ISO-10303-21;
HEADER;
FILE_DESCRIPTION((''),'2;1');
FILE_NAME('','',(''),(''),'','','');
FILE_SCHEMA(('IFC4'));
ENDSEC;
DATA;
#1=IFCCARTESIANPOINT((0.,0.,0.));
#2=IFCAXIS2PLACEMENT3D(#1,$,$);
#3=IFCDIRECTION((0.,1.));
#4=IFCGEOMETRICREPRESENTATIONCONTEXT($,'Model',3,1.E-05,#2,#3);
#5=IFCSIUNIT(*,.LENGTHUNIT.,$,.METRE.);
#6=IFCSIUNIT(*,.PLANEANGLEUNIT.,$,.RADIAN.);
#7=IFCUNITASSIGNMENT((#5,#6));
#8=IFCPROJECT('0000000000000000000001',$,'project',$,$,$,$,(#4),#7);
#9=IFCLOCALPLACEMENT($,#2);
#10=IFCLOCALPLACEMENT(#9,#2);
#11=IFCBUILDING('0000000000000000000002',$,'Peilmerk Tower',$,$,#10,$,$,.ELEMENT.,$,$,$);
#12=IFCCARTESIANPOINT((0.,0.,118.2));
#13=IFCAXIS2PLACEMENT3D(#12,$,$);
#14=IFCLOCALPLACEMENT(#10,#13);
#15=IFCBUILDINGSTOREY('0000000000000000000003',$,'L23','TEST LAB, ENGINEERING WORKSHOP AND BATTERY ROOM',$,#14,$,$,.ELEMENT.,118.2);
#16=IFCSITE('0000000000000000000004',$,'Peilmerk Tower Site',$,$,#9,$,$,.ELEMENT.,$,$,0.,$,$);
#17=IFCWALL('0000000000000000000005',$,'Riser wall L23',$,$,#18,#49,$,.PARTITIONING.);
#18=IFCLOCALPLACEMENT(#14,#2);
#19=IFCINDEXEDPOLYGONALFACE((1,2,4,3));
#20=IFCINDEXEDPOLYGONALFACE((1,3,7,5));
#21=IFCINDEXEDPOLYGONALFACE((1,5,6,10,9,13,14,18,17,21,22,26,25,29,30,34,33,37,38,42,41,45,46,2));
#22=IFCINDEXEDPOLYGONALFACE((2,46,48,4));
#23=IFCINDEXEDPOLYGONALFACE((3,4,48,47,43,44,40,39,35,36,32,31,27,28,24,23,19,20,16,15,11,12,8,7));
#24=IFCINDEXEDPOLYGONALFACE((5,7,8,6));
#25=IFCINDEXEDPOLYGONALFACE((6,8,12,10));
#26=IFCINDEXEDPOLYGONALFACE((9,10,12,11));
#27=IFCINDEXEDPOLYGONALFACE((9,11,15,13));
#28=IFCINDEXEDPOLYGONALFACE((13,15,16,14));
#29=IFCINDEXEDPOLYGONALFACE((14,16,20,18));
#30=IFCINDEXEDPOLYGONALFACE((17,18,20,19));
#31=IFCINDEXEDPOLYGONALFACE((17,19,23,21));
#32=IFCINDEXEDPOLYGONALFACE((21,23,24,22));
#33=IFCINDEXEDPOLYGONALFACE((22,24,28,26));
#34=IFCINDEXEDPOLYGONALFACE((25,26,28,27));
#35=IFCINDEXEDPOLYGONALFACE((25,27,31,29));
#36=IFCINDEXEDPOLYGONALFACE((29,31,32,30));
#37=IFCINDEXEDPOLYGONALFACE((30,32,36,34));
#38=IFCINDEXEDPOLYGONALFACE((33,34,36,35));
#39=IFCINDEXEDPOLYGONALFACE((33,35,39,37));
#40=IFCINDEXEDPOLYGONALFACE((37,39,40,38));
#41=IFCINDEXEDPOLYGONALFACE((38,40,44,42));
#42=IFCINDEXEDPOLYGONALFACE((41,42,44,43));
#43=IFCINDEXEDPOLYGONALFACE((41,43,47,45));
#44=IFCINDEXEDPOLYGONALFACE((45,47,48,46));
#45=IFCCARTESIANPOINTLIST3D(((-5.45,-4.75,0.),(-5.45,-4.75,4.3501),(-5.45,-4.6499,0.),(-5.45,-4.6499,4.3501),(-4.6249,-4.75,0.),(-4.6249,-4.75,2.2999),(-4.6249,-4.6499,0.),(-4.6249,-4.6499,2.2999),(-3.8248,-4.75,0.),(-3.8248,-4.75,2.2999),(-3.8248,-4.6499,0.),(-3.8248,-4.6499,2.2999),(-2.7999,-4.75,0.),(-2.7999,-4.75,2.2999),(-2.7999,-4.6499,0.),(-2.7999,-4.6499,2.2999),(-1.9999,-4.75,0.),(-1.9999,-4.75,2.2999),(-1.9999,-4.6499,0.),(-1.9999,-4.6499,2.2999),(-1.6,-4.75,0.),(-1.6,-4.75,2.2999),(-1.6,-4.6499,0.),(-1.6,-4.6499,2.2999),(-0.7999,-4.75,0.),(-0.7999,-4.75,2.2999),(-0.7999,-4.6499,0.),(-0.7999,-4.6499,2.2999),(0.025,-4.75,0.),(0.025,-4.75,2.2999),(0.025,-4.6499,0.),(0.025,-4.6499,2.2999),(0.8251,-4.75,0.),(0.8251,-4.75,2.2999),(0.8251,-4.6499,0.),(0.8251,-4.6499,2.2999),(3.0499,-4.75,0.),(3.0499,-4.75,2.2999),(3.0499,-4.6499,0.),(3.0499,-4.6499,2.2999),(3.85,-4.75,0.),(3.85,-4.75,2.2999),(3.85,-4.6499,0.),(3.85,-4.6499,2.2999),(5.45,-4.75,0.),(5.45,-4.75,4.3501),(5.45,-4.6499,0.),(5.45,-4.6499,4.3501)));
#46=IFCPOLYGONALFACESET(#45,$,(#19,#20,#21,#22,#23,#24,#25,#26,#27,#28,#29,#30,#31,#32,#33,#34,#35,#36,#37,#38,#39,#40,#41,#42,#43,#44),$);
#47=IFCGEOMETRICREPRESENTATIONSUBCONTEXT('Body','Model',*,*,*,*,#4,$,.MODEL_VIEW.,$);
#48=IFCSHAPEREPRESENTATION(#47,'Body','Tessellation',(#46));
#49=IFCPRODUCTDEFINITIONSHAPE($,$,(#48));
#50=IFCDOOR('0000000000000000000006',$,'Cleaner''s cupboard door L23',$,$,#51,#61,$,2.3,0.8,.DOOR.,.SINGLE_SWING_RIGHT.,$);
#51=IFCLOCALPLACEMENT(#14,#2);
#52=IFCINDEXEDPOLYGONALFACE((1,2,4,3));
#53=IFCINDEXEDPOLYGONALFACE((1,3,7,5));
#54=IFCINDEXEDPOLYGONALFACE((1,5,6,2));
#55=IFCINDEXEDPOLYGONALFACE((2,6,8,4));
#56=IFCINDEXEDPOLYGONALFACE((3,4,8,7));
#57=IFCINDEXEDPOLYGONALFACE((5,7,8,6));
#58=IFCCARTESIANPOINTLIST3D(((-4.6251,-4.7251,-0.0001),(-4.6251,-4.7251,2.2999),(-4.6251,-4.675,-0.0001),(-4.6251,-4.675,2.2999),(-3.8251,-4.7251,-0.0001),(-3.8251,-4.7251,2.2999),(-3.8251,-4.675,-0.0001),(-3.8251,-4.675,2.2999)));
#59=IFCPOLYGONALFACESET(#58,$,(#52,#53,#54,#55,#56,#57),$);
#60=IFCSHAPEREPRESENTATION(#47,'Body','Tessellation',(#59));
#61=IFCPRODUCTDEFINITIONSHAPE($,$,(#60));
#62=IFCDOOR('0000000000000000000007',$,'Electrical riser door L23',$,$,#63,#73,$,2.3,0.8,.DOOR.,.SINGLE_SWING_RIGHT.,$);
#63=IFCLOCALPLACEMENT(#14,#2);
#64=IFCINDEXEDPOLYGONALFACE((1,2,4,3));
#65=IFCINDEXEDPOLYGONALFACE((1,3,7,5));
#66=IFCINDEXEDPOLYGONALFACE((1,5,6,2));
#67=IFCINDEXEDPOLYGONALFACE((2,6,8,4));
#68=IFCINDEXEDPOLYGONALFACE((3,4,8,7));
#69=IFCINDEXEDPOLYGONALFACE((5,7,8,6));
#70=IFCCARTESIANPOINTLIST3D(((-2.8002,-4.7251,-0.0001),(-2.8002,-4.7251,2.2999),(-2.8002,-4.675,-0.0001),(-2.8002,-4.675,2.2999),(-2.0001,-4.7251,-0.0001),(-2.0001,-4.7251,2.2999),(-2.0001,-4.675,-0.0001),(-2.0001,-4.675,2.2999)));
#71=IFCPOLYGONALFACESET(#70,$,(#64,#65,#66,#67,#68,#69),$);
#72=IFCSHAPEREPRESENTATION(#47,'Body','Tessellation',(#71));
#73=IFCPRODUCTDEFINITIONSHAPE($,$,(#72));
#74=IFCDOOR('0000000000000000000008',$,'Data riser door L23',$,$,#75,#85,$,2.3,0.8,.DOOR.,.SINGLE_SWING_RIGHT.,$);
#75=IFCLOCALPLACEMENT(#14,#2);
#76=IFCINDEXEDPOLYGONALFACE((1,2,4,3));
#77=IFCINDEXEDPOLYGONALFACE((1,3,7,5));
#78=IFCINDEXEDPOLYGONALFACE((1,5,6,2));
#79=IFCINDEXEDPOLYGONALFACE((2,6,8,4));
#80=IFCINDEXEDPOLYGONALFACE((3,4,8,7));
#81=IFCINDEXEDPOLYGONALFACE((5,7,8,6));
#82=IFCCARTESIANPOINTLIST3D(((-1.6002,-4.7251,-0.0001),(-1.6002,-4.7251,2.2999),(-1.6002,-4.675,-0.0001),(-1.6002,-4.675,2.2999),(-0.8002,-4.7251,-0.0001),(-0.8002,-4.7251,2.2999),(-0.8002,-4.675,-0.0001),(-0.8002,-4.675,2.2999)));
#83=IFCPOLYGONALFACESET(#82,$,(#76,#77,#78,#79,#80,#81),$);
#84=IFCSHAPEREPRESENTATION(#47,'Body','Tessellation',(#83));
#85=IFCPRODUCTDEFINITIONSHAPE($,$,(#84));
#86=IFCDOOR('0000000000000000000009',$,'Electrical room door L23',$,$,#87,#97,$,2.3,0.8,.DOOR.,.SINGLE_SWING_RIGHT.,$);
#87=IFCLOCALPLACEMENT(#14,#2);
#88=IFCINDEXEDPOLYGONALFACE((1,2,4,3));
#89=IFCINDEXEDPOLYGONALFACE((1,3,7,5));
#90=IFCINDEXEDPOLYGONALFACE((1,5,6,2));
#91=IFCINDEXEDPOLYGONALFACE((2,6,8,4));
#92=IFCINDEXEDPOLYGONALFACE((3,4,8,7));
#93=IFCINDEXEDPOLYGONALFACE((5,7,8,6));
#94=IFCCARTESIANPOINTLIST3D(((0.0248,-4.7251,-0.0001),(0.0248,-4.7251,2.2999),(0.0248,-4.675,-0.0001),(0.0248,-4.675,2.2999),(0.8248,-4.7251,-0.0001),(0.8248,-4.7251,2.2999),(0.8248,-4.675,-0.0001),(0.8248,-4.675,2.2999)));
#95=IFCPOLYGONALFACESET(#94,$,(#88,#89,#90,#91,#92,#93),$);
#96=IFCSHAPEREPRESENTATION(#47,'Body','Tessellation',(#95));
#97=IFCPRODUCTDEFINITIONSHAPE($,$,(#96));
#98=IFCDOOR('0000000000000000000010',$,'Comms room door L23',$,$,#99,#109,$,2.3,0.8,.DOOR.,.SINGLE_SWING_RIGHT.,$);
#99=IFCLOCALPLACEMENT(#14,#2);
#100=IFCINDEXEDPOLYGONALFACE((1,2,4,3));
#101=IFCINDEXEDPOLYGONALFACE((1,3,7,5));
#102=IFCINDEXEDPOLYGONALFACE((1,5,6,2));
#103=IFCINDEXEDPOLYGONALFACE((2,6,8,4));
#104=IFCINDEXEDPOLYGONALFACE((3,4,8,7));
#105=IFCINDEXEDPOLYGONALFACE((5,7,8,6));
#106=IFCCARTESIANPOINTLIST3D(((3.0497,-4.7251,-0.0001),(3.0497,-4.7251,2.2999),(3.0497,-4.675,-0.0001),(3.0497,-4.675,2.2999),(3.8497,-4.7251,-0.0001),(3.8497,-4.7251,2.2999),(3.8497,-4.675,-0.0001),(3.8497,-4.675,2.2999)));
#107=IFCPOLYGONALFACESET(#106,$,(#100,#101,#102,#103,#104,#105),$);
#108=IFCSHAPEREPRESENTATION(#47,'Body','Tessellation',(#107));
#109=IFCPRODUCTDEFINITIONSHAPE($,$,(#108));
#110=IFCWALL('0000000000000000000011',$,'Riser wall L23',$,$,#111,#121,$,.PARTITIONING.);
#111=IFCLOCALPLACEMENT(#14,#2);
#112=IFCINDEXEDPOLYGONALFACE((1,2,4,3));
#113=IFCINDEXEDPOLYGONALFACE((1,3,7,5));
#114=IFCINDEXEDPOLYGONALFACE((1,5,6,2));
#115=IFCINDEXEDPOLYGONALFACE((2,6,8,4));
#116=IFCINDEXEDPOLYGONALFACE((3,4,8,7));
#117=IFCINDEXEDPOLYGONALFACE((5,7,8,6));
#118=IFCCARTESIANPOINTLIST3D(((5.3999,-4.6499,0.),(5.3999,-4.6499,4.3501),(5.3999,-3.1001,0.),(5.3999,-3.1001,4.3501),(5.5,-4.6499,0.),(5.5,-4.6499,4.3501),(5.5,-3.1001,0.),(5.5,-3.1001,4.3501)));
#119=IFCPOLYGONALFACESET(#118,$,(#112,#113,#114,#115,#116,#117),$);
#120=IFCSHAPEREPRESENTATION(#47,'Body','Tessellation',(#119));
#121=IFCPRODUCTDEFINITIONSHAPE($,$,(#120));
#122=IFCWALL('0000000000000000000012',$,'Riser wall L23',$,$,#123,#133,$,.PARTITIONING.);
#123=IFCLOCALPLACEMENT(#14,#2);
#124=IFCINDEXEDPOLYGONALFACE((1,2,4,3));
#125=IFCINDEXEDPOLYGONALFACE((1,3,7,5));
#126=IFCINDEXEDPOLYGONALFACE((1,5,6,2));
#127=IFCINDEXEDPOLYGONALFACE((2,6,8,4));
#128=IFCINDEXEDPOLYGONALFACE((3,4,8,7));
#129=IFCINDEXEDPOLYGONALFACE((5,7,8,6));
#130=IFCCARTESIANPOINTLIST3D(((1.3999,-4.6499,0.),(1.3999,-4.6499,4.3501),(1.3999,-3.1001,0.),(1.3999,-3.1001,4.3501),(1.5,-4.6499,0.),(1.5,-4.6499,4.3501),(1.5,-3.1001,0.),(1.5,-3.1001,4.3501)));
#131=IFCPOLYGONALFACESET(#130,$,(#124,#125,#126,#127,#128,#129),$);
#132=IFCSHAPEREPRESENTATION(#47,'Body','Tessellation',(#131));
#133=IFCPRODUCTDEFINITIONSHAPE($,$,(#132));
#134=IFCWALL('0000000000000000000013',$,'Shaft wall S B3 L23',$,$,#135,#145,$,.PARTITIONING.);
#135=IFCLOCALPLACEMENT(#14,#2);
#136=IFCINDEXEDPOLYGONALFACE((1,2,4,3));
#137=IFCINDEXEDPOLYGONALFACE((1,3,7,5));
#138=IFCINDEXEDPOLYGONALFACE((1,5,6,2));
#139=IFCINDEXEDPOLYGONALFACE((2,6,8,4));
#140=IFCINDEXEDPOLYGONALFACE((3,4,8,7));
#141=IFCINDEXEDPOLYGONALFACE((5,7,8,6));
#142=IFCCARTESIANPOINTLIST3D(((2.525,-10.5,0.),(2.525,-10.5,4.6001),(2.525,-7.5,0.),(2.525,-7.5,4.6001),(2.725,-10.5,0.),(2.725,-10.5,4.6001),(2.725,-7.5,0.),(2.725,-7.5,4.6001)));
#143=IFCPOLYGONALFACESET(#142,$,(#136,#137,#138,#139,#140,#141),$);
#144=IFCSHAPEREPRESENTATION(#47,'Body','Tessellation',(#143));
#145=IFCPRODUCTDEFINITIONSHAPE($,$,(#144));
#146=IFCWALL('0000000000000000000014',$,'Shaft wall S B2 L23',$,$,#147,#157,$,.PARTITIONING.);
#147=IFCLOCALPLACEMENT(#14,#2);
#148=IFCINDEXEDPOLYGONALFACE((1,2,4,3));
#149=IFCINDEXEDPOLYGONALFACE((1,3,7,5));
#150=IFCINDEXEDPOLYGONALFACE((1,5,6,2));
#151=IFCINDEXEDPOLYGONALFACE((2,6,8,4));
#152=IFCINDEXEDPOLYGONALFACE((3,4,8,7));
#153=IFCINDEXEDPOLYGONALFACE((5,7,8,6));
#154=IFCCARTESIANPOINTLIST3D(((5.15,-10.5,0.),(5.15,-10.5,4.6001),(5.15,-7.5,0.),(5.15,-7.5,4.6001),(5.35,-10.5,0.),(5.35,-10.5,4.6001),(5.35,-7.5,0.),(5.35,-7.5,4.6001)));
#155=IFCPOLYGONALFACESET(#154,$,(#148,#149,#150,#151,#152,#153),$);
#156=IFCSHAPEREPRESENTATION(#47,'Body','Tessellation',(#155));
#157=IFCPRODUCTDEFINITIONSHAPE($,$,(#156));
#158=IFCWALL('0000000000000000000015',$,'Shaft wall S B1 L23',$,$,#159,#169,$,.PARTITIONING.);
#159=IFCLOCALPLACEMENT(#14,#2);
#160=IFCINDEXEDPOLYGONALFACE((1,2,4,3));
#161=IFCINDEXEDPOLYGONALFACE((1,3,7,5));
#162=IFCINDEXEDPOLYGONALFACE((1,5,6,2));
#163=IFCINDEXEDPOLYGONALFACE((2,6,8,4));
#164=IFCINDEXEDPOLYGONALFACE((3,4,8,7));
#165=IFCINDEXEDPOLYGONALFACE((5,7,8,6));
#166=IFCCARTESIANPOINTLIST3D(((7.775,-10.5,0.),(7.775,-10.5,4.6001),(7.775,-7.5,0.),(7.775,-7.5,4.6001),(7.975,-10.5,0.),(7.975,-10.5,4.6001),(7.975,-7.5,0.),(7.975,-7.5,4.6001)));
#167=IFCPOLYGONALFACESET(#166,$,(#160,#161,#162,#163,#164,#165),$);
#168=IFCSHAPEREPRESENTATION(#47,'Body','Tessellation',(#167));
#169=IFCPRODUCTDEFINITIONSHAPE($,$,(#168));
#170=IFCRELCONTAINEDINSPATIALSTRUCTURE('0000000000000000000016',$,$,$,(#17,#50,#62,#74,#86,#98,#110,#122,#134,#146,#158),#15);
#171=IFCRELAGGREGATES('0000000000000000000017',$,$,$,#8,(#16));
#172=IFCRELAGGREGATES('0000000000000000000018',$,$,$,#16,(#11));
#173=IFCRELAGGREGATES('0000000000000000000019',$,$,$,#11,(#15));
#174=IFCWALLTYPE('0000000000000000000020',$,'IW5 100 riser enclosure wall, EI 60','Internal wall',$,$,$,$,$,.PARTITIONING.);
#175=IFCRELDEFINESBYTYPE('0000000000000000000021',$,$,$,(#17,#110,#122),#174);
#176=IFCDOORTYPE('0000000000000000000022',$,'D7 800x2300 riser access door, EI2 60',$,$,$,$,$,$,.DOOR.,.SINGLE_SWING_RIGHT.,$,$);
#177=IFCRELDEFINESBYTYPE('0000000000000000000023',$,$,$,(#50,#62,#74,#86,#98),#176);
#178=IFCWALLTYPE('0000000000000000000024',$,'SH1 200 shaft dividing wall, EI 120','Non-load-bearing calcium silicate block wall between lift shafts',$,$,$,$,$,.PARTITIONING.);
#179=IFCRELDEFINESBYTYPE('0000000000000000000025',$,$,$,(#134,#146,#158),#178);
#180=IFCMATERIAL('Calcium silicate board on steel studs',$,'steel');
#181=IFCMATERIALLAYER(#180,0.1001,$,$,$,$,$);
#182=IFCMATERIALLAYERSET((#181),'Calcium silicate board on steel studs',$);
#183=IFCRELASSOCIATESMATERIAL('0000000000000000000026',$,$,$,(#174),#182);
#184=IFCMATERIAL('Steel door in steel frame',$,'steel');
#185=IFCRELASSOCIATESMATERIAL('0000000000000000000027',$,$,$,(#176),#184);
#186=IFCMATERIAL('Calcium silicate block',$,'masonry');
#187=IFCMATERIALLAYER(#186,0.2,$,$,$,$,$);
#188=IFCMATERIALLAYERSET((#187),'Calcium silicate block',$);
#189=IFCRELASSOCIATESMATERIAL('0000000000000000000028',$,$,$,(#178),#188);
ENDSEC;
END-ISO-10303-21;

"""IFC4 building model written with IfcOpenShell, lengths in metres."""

from ifc_helpers import new_model, si_unit, direction, frame, frame_2d, origin, place, context, subcontext, project, spatial, rectangle, extrude, material, layer, layer_set, type_object, element, fill, save


model = new_model("IFC4")

# Units and contexts
model_context = context("Model", 3, precision=1e-05, world=origin(), true_north=direction((0.0, 1.0)))
body_context = subcontext(model_context, "Body", "Model", "MODEL_VIEW")
ifc_project = project(units=[si_unit("LENGTHUNIT", "METRE"), si_unit("PLANEANGLEUNIT", "RADIAN")], contexts=[model_context])

# Site, building, storey
site_placement = place(None, origin())
site = spatial("IfcSite", under=ifc_project, at=site_placement, Name="Peilmerk Tower Site", CompositionType="ELEMENT", RefElevation=0.0)
building_placement = place(site_placement, origin())
building = spatial("IfcBuilding", under=site, at=building_placement, Name="Peilmerk Tower", CompositionType="ELEMENT")
storey_placement = place(building_placement, frame((0.0, 0.0, 118.2)))
storey = spatial("IfcBuildingStorey", under=building, at=storey_placement, Name="L23", Description="TEST LAB, ENGINEERING WORKSHOP AND BATTERY ROOM", CompositionType="ELEMENT", Elevation=118.2)

# Shared definitions
ifc_material_1 = material(Name="Steel door in steel frame", Category="steel")

# Shared definitions
ifc_material_2 = material(Name="Calcium silicate board on steel studs", Category="steel")
ifc_layer_1 = layer(ifc_material_2, 0.1001)
ifc_layer_set_1 = layer_set([ifc_layer_1], Name="Calcium silicate board on steel studs")
wall_type_1 = type_object("IfcWallType", Name="IW5 100 riser enclosure wall, EI 60", Description="Internal wall", PredefinedType="PARTITIONING", material=ifc_layer_set_1)

# Wall, openings, doors
wall_1_placement = place(storey_placement, frame((5.45, -4.7, 0.0), z_axis=(0.0, 0.0, 1.0), x_axis=(-1.0, 0.0, 0.0)))
wall_1 = element("IfcWall", 1, at=wall_1_placement, inside=storey, type_object=wall_type_1, Name="Riser wall L23", PredefinedType="PARTITIONING", context=body_context, shape_type="SweptSolid", body=[
    extrude(rectangle(XDim=10.8999, YDim=0.1001, at=frame_2d((5.45, 0.0))), origin(), (0.0, 0.0, 1.0), 4.3501),
])
opening_1_placement = place(wall_1_placement, frame((9.2749, 0.0, 0.0)))
opening_1 = element("IfcOpeningElement", 2, at=opening_1_placement, cuts=wall_1, PredefinedType="OPENING", context=body_context, shape_type="SweptSolid", body=[
    extrude(rectangle(XDim=0.8, YDim=2.3, at=frame_2d((0.3999, 1.1499))), frame((0.0, 0.0601, 0.0), z_axis=(0.0, -1.0, 0.0), x_axis=(1.0, 0.0, 0.0)), (0.0, 0.0, 1.0), 0.1201),
])
opening_2_placement = place(wall_1_placement, frame((7.45, 0.0, 0.0)))
opening_2 = element("IfcOpeningElement", 3, at=opening_2_placement, cuts=wall_1, PredefinedType="OPENING", context=body_context, shape_type="SweptSolid", body=[
    extrude(rectangle(XDim=0.8, YDim=2.3, at=frame_2d((0.3999, 1.1499))), frame((0.0, 0.0601, 0.0), z_axis=(0.0, -1.0, 0.0), x_axis=(1.0, 0.0, 0.0)), (0.0, 0.0, 1.0), 0.1201),
])
opening_3_placement = place(wall_1_placement, frame((6.25, 0.0, 0.0)))
opening_3 = element("IfcOpeningElement", 4, at=opening_3_placement, cuts=wall_1, PredefinedType="OPENING", context=body_context, shape_type="SweptSolid", body=[
    extrude(rectangle(XDim=0.8, YDim=2.3, at=frame_2d((0.3999, 1.1499))), frame((0.0, 0.0601, 0.0), z_axis=(0.0, -1.0, 0.0), x_axis=(1.0, 0.0, 0.0)), (0.0, 0.0, 1.0), 0.1201),
])
opening_4_placement = place(wall_1_placement, frame((4.625, 0.0, 0.0)))
opening_4 = element("IfcOpeningElement", 5, at=opening_4_placement, cuts=wall_1, PredefinedType="OPENING", context=body_context, shape_type="SweptSolid", body=[
    extrude(rectangle(XDim=0.8, YDim=2.3, at=frame_2d((0.3999, 1.1499))), frame((0.0, 0.0601, 0.0), z_axis=(0.0, -1.0, 0.0), x_axis=(1.0, 0.0, 0.0)), (0.0, 0.0, 1.0), 0.1201),
])
opening_5_placement = place(wall_1_placement, frame((1.6001, 0.0, 0.0)))
opening_5 = element("IfcOpeningElement", 6, at=opening_5_placement, cuts=wall_1, PredefinedType="OPENING", context=body_context, shape_type="SweptSolid", body=[
    extrude(rectangle(XDim=0.8, YDim=2.3, at=frame_2d((0.3999, 1.1499))), frame((0.0, 0.0601, 0.0), z_axis=(0.0, -1.0, 0.0), x_axis=(1.0, 0.0, 0.0)), (0.0, 0.0, 1.0), 0.1201),
])
door_type_1 = type_object("IfcDoorType", Name="D7 800x2300 riser access door, EI2 60", OperationType="SINGLE_SWING_RIGHT", PredefinedType="DOOR", material=ifc_material_1)
door_1_placement = place(opening_1_placement, frame((0.8, 0.0, 0.0), z_axis=(0.0, 0.0, 1.0), x_axis=(-1.0, 0.0, 0.0)))
door_1 = element("IfcDoor", 7, at=door_1_placement, inside=storey, type_object=door_type_1, Name="Cleaner's cupboard door L23", OperationType="SINGLE_SWING_RIGHT", OverallHeight=2.3, OverallWidth=0.8, PredefinedType="DOOR", context=body_context, shape_type="SweptSolid", body=[
    extrude(rectangle(XDim=0.8, YDim=2.3, at=frame_2d((0.3999, 1.1499))), frame((0.0, 0.0249, 0.0), z_axis=(0.0, -1.0, 0.0), x_axis=(1.0, 0.0, 0.0)), (0.0, 0.0, 1.0), 0.05),
])
fill(opening_1, door_1)
door_2_placement = place(opening_2_placement, frame((0.8, 0.0, 0.0), z_axis=(0.0, 0.0, 1.0), x_axis=(-1.0, 0.0, 0.0)))
door_2 = element("IfcDoor", 8, at=door_2_placement, inside=storey, type_object=door_type_1, Name="Electrical riser door L23", OperationType="SINGLE_SWING_RIGHT", OverallHeight=2.3, OverallWidth=0.8, PredefinedType="DOOR", context=body_context, shape_type="SweptSolid", body=[
    extrude(rectangle(XDim=0.8, YDim=2.3, at=frame_2d((0.3999, 1.1499))), frame((0.0, 0.0249, 0.0), z_axis=(0.0, -1.0, 0.0), x_axis=(1.0, 0.0, 0.0)), (0.0, 0.0, 1.0), 0.05),
])
fill(opening_2, door_2)
door_3_placement = place(opening_3_placement, frame((0.8, 0.0, 0.0), z_axis=(0.0, 0.0, 1.0), x_axis=(-1.0, 0.0, 0.0)))
door_3 = element("IfcDoor", 9, at=door_3_placement, inside=storey, type_object=door_type_1, Name="Data riser door L23", OperationType="SINGLE_SWING_RIGHT", OverallHeight=2.3, OverallWidth=0.8, PredefinedType="DOOR", context=body_context, shape_type="SweptSolid", body=[
    extrude(rectangle(XDim=0.8, YDim=2.3, at=frame_2d((0.3999, 1.1499))), frame((0.0, 0.0249, 0.0), z_axis=(0.0, -1.0, 0.0), x_axis=(1.0, 0.0, 0.0)), (0.0, 0.0, 1.0), 0.05),
])
fill(opening_3, door_3)
door_4_placement = place(opening_4_placement, frame((0.8, 0.0, 0.0), z_axis=(0.0, 0.0, 1.0), x_axis=(-1.0, 0.0, 0.0)))
door_4 = element("IfcDoor", 10, at=door_4_placement, inside=storey, type_object=door_type_1, Name="Electrical room door L23", OperationType="SINGLE_SWING_RIGHT", OverallHeight=2.3, OverallWidth=0.8, PredefinedType="DOOR", context=body_context, shape_type="SweptSolid", body=[
    extrude(rectangle(XDim=0.8, YDim=2.3, at=frame_2d((0.3999, 1.1499))), frame((0.0, 0.0249, 0.0), z_axis=(0.0, -1.0, 0.0), x_axis=(1.0, 0.0, 0.0)), (0.0, 0.0, 1.0), 0.05),
])
fill(opening_4, door_4)
door_5_placement = place(opening_5_placement, frame((0.8, 0.0, 0.0), z_axis=(0.0, 0.0, 1.0), x_axis=(-1.0, 0.0, 0.0)))
door_5 = element("IfcDoor", 11, at=door_5_placement, inside=storey, type_object=door_type_1, Name="Comms room door L23", OperationType="SINGLE_SWING_RIGHT", OverallHeight=2.3, OverallWidth=0.8, PredefinedType="DOOR", context=body_context, shape_type="SweptSolid", body=[
    extrude(rectangle(XDim=0.8, YDim=2.3, at=frame_2d((0.3999, 1.1499))), frame((0.0, 0.0249, 0.0), z_axis=(0.0, -1.0, 0.0), x_axis=(1.0, 0.0, 0.0)), (0.0, 0.0, 1.0), 0.05),
])
fill(opening_5, door_5)

# Walls
for number, where, z_axis, x_axis, name in (
    (12, (5.45, -3.1001, 0.0), (0.0, 0.0, 1.0), (0.0, -1.0, 0.0), "Riser wall L23"),
    (13, (1.45, -3.1001, 0.0), (0.0, 0.0, 1.0), (0.0, -1.0, 0.0), "Riser wall L23"),
):
    element("IfcWall", number, at=place(storey_placement, frame(where, z_axis=z_axis, x_axis=x_axis)), inside=storey, type_object=wall_type_1, Name=name, PredefinedType="PARTITIONING", context=body_context, shape_type="SweptSolid", body=[
        extrude(rectangle(XDim=1.5498, YDim=0.1001, at=frame_2d((0.7749, 0.0))), origin(), (0.0, 0.0, 1.0), 4.3501),
    ])
ifc_material_3 = material(Name="Calcium silicate block", Category="masonry")
ifc_layer_2 = layer(ifc_material_3, 0.2)
ifc_layer_set_2 = layer_set([ifc_layer_2], Name="Calcium silicate block")
wall_type_2 = type_object("IfcWallType", Name="SH1 200 shaft dividing wall, EI 120", Description="Non-load-bearing calcium silicate block wall between lift shafts", PredefinedType="PARTITIONING", material=ifc_layer_set_2)
for number, where, z_axis, x_axis, name in (
    (14, (2.625, -10.5, 0.0), (0.0, 0.0, 1.0), (0.0, 1.0, 0.0), "Shaft wall S B3 L23"),
    (15, (5.25, -10.5, 0.0), (0.0, 0.0, 1.0), (0.0, 1.0, 0.0), "Shaft wall S B2 L23"),
    (16, (7.875, -10.5, 0.0), (0.0, 0.0, 1.0), (0.0, 1.0, 0.0), "Shaft wall S B1 L23"),
):
    element("IfcWall", number, at=place(storey_placement, frame(where, z_axis=z_axis, x_axis=x_axis)), inside=storey, type_object=wall_type_2, Name=name, PredefinedType="PARTITIONING", context=body_context, shape_type="SweptSolid", body=[
        extrude(rectangle(XDim=3.0, YDim=0.2, at=frame_2d((1.5, 0.0))), origin(), (0.0, 0.0, 1.0), 4.6001),
    ])

save(model, "model.ifc")
